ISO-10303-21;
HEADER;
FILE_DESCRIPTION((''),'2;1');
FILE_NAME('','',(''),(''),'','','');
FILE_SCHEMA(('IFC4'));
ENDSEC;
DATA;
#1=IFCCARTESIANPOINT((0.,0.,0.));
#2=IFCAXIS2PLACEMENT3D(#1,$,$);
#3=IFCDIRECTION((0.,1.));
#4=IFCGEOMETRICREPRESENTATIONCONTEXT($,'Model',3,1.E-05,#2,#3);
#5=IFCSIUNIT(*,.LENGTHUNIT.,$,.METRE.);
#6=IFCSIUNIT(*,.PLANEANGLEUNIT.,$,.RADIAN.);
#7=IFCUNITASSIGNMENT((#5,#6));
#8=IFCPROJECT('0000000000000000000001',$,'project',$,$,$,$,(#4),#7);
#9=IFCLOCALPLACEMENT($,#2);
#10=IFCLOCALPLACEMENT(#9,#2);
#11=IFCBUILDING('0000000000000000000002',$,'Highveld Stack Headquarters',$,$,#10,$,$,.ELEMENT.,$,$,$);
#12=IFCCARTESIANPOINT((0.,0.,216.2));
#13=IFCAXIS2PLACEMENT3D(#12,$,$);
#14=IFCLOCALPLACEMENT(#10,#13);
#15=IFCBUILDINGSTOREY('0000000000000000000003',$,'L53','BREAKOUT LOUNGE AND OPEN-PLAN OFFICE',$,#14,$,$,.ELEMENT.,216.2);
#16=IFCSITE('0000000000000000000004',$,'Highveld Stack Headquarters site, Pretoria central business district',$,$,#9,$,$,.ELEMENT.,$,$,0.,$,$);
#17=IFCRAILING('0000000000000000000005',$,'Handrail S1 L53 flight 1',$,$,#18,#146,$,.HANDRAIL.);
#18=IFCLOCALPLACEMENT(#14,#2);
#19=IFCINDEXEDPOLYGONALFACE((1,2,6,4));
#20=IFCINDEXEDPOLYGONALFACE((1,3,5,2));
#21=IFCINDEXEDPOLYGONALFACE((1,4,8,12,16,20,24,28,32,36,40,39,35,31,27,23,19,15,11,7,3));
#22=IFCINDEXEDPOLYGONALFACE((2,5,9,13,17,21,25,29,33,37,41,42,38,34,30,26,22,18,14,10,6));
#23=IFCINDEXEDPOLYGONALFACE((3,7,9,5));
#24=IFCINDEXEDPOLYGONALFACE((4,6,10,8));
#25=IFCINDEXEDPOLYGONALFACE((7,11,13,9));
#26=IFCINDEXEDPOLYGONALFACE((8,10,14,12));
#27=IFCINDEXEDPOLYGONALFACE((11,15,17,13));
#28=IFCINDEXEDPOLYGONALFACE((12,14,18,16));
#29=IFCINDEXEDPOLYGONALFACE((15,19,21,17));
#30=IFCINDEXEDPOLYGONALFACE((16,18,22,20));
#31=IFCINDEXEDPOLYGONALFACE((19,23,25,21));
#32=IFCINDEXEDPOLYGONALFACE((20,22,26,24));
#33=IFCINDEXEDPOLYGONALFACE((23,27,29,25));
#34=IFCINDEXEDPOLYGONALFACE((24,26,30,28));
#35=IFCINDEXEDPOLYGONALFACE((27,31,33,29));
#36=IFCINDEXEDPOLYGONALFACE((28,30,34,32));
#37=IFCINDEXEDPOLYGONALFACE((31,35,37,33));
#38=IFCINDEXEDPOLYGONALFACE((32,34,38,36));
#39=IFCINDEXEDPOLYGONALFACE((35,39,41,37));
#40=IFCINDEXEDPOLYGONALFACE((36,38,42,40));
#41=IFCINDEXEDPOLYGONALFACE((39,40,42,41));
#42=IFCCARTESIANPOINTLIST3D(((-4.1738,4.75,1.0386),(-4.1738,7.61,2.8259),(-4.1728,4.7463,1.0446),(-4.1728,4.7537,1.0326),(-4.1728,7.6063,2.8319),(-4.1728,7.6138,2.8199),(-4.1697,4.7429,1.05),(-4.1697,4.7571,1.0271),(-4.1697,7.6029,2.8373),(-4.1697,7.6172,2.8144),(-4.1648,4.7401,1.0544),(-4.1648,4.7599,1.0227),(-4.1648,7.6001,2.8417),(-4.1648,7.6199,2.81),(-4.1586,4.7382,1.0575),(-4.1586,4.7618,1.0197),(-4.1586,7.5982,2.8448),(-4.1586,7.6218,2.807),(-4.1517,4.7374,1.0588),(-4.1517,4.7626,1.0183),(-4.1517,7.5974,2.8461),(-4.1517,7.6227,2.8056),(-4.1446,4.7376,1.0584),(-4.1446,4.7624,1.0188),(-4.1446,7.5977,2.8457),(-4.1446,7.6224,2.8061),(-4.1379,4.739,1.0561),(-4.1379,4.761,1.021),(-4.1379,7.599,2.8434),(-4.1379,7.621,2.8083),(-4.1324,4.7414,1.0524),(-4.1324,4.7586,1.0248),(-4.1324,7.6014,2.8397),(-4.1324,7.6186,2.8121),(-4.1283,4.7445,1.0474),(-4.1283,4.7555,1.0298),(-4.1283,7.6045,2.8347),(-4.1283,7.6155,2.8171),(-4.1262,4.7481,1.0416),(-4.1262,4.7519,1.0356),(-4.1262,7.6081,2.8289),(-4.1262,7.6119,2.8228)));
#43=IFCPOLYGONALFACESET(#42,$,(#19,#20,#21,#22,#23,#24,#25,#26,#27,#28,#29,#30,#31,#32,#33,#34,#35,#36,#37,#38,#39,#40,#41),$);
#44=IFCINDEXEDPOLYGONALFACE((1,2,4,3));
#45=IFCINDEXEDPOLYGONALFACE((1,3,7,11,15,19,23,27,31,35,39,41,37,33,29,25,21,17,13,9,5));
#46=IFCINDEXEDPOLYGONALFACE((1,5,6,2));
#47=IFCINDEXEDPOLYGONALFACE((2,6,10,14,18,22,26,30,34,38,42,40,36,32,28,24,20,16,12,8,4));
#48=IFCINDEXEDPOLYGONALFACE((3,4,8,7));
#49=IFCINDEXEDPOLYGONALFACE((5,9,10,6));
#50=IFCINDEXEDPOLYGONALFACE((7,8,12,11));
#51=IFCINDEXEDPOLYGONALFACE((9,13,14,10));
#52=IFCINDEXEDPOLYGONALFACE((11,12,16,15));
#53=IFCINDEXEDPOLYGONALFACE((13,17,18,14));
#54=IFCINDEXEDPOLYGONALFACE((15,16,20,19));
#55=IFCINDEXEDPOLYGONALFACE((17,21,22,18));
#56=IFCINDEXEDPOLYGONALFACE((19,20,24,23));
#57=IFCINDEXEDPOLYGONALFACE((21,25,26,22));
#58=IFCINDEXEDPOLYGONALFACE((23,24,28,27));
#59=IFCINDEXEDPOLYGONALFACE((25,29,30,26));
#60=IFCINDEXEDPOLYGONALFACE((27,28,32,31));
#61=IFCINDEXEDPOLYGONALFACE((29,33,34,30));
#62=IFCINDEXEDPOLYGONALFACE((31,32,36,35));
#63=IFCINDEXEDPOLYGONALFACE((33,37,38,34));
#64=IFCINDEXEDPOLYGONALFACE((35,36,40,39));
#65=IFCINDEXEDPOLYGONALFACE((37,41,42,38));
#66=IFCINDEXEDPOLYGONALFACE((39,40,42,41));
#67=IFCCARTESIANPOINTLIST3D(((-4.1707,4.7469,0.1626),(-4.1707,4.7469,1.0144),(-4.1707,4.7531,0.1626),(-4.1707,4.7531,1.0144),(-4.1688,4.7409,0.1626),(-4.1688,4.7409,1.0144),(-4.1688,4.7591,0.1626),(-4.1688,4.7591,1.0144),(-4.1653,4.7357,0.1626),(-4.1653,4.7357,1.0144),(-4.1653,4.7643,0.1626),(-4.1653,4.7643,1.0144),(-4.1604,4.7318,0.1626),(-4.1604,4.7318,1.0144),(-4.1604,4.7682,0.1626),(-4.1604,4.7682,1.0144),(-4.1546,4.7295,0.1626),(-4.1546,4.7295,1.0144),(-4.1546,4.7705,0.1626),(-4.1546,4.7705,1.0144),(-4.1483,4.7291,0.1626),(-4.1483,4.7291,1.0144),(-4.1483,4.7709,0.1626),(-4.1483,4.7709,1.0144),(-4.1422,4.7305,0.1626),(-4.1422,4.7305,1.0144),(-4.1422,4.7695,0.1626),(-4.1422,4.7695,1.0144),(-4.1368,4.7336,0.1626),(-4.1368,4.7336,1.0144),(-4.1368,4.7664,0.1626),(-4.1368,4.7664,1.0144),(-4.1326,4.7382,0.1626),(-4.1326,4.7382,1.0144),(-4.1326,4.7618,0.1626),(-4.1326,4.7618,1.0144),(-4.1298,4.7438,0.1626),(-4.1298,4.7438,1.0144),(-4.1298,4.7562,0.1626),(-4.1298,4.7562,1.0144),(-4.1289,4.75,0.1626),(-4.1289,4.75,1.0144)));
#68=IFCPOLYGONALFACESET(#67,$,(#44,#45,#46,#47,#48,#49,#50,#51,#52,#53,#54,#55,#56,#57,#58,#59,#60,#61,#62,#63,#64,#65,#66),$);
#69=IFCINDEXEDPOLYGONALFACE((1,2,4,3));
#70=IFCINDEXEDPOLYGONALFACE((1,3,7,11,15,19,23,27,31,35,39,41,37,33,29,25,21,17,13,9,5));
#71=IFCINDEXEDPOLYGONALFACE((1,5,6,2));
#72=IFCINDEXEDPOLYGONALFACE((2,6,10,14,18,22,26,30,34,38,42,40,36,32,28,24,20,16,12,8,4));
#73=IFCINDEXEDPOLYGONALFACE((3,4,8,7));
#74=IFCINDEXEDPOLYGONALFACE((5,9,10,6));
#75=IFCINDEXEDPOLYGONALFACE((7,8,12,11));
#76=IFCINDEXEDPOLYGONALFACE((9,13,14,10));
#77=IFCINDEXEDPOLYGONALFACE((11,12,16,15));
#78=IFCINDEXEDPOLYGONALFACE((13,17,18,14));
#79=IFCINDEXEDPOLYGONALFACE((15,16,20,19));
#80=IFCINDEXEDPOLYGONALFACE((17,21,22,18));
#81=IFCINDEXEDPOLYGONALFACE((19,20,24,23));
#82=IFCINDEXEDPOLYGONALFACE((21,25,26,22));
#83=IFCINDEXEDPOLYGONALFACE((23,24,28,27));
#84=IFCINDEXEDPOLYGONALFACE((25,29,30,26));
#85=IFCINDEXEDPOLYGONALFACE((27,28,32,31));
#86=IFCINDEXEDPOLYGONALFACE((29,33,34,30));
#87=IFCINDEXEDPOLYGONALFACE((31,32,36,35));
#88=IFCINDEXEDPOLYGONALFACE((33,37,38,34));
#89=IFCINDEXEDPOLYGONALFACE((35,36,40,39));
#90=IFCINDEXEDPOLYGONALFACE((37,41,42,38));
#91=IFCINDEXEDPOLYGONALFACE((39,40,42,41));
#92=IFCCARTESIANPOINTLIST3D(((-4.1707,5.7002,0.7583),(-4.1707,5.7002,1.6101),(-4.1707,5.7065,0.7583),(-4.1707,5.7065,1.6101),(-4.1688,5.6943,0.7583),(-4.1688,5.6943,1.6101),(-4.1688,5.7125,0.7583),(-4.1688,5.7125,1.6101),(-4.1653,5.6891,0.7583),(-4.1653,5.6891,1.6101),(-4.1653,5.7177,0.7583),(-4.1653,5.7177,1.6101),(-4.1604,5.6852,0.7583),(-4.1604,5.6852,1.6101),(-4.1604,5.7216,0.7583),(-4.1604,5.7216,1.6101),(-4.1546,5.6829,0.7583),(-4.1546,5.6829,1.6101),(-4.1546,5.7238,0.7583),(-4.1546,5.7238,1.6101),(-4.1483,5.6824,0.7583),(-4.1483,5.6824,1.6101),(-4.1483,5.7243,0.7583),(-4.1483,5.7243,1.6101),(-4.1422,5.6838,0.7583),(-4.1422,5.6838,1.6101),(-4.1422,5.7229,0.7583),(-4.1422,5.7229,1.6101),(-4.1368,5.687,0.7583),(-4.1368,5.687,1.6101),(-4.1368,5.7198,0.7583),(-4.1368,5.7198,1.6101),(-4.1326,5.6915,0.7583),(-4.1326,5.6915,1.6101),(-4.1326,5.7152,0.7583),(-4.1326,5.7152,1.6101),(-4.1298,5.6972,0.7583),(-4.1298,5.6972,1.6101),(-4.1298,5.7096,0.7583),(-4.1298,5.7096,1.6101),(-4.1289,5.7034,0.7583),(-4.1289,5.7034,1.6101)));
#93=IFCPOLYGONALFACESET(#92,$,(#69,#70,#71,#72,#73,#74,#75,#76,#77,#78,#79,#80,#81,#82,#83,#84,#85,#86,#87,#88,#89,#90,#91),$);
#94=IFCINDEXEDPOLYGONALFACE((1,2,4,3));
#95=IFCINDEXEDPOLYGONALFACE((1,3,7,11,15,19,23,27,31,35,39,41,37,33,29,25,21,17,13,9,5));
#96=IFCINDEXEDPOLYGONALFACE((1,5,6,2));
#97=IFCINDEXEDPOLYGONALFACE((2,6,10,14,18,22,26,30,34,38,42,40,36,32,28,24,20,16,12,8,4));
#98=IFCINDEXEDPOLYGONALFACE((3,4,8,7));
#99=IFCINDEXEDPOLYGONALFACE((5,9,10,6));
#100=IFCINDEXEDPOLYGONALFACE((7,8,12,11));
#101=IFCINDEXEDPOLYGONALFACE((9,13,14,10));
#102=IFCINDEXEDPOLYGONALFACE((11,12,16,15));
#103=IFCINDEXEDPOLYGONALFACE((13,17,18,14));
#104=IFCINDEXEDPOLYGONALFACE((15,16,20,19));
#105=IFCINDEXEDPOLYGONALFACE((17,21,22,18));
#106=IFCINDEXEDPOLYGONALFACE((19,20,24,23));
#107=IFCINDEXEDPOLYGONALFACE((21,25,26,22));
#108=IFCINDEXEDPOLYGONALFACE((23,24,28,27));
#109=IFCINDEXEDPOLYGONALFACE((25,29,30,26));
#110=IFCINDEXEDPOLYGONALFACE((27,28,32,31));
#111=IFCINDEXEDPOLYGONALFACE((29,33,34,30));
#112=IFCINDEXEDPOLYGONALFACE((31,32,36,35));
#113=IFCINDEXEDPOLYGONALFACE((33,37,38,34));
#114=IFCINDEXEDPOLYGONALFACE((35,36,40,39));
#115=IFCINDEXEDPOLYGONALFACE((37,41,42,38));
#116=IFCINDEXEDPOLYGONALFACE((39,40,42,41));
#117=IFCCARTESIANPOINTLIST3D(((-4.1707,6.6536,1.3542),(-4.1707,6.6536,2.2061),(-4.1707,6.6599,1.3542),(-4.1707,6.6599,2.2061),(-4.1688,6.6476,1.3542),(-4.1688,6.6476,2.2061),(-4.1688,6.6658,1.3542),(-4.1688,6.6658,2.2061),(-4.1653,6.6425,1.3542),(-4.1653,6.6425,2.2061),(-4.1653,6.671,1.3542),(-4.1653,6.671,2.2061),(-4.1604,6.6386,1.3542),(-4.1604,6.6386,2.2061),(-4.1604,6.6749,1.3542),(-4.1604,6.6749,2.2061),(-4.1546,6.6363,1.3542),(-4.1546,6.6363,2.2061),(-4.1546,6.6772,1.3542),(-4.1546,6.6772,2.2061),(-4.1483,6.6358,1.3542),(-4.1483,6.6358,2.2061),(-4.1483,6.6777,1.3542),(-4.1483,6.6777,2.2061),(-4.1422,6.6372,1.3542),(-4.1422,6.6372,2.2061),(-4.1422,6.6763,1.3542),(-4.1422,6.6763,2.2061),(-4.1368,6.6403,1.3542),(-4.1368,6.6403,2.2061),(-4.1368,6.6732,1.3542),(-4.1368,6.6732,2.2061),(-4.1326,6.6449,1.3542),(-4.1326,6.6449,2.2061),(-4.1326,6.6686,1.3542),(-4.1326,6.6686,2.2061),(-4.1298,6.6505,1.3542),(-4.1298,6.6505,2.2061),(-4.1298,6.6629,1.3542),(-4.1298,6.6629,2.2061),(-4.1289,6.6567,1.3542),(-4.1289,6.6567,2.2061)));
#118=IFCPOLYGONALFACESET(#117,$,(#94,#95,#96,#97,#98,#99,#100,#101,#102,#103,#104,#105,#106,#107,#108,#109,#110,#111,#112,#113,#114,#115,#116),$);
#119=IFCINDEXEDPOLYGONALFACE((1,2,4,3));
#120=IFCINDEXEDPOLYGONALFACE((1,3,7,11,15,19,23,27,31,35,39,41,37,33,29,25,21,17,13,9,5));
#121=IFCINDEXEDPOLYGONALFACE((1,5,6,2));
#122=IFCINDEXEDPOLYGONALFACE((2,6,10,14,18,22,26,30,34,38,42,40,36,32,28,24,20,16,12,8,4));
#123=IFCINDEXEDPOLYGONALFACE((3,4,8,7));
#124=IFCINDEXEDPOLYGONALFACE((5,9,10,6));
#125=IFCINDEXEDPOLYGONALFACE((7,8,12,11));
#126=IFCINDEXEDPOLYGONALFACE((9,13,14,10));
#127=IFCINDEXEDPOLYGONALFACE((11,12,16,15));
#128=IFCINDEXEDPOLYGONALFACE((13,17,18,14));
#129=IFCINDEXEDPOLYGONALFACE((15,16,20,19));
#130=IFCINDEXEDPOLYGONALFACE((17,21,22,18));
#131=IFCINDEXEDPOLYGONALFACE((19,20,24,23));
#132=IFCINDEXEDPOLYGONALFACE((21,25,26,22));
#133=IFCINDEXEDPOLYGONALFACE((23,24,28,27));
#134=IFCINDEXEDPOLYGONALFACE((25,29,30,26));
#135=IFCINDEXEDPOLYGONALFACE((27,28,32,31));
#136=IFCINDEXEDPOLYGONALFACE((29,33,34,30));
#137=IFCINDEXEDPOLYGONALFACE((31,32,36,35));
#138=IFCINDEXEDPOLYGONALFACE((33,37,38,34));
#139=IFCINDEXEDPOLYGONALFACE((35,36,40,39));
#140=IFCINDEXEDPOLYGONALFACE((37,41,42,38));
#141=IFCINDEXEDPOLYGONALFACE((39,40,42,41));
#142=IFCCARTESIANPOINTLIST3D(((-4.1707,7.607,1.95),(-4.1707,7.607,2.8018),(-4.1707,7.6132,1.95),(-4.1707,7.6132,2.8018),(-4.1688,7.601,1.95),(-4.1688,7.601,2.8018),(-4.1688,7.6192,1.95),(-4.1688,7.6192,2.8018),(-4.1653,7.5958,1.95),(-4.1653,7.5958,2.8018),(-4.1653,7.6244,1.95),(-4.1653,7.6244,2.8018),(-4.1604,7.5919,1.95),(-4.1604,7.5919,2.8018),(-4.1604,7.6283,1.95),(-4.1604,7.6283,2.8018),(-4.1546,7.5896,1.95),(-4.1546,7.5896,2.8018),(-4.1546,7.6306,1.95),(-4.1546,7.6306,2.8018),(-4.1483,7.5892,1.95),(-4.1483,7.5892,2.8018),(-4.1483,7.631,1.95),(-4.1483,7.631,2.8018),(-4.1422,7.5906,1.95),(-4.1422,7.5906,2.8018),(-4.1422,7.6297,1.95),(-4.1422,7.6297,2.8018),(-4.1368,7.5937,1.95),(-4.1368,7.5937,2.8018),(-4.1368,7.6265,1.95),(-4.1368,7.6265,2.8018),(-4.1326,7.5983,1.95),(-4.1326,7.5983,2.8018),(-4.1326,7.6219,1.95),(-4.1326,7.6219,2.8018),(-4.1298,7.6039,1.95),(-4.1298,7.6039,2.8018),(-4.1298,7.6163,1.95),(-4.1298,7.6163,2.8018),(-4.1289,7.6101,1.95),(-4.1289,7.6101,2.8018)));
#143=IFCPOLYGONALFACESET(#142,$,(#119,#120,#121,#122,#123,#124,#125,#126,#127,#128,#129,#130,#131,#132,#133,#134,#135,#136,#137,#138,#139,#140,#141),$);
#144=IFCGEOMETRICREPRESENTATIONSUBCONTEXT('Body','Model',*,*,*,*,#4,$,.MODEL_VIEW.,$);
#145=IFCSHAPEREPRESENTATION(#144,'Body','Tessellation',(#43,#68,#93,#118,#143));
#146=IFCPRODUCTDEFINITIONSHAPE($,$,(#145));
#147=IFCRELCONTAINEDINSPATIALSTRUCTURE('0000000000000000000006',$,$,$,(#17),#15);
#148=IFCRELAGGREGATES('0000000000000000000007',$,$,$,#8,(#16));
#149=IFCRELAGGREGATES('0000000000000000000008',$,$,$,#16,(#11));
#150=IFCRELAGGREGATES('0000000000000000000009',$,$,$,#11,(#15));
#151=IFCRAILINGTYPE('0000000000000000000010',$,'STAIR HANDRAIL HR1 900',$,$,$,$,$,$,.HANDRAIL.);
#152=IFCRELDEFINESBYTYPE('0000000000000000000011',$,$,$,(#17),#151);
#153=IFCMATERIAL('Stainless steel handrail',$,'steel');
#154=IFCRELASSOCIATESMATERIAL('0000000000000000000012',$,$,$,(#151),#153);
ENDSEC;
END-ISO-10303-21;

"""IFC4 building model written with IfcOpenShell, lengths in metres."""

from ifc_helpers import new_model, si_unit, direction, frame, origin, origin_2d, place, context, subcontext, project, spatial, circle, extrude, material, type_object, element, save


model = new_model("IFC4")

# Units and contexts
model_context = context("Model", 3, precision=1e-05, world=origin(), true_north=direction((0.0, 1.0)))
body_context = subcontext(model_context, "Body", "Model", "MODEL_VIEW")
ifc_project = project(units=[si_unit("LENGTHUNIT", "METRE"), si_unit("PLANEANGLEUNIT", "RADIAN")], contexts=[model_context])

# Site, building, storey
site_placement = place(None, origin())
site = spatial("IfcSite", under=ifc_project, at=site_placement, Name="Highveld Stack Headquarters site, Pretoria central business district", CompositionType="ELEMENT", RefElevation=0.0)
building_placement = place(site_placement, origin())
building = spatial("IfcBuilding", under=site, at=building_placement, Name="Highveld Stack Headquarters", CompositionType="ELEMENT")
storey_placement = place(building_placement, frame((0.0, 0.0, 216.2)))
storey = spatial("IfcBuildingStorey", under=building, at=storey_placement, Name="L53", Description="BREAKOUT LOUNGE AND OPEN-PLAN OFFICE", CompositionType="ELEMENT", Elevation=216.2)

# Railing
ifc_material_1 = material(Name="Stainless steel handrail", Category="steel")
railing_type = type_object("IfcRailingType", Name="STAIR HANDRAIL HR1 900", PredefinedType="HANDRAIL", material=ifc_material_1)
for number, where, name in (
    (1, (-4.1499, 4.75, 0.1626), "Handrail S1 L53 flight 1"),
):
    element("IfcRailing", number, at=place(storey_placement, frame(where)), inside=storey, type_object=railing_type, Name=name, PredefinedType="HANDRAIL", context=body_context, shape_type="SweptSolid", body=[
        extrude(circle(Radius=0.0239, at=origin_2d()), frame((0.0, 0.0, 0.876), z_axis=(0.0, 0.848027, 0.529953), x_axis=(-1.0, 0.0, 0.0)), (0.0, 0.0, 1.0), 3.3726),
        extrude(circle(Radius=0.021, at=origin_2d()), origin(), (0.0, 0.0, 1.0), 0.8518),
        extrude(circle(Radius=0.021, at=origin_2d()), frame((0.0, 0.9534, 0.5957)), (0.0, 0.0, 1.0), 0.8518),
        extrude(circle(Radius=0.021, at=origin_2d()), frame((0.0, 1.9067, 1.1917)), (0.0, 0.0, 1.0), 0.8518),
        extrude(circle(Radius=0.021, at=origin_2d()), frame((0.0, 2.8601, 1.7874)), (0.0, 0.0, 1.0), 0.8518),
    ])

save(model, "model.ifc")
